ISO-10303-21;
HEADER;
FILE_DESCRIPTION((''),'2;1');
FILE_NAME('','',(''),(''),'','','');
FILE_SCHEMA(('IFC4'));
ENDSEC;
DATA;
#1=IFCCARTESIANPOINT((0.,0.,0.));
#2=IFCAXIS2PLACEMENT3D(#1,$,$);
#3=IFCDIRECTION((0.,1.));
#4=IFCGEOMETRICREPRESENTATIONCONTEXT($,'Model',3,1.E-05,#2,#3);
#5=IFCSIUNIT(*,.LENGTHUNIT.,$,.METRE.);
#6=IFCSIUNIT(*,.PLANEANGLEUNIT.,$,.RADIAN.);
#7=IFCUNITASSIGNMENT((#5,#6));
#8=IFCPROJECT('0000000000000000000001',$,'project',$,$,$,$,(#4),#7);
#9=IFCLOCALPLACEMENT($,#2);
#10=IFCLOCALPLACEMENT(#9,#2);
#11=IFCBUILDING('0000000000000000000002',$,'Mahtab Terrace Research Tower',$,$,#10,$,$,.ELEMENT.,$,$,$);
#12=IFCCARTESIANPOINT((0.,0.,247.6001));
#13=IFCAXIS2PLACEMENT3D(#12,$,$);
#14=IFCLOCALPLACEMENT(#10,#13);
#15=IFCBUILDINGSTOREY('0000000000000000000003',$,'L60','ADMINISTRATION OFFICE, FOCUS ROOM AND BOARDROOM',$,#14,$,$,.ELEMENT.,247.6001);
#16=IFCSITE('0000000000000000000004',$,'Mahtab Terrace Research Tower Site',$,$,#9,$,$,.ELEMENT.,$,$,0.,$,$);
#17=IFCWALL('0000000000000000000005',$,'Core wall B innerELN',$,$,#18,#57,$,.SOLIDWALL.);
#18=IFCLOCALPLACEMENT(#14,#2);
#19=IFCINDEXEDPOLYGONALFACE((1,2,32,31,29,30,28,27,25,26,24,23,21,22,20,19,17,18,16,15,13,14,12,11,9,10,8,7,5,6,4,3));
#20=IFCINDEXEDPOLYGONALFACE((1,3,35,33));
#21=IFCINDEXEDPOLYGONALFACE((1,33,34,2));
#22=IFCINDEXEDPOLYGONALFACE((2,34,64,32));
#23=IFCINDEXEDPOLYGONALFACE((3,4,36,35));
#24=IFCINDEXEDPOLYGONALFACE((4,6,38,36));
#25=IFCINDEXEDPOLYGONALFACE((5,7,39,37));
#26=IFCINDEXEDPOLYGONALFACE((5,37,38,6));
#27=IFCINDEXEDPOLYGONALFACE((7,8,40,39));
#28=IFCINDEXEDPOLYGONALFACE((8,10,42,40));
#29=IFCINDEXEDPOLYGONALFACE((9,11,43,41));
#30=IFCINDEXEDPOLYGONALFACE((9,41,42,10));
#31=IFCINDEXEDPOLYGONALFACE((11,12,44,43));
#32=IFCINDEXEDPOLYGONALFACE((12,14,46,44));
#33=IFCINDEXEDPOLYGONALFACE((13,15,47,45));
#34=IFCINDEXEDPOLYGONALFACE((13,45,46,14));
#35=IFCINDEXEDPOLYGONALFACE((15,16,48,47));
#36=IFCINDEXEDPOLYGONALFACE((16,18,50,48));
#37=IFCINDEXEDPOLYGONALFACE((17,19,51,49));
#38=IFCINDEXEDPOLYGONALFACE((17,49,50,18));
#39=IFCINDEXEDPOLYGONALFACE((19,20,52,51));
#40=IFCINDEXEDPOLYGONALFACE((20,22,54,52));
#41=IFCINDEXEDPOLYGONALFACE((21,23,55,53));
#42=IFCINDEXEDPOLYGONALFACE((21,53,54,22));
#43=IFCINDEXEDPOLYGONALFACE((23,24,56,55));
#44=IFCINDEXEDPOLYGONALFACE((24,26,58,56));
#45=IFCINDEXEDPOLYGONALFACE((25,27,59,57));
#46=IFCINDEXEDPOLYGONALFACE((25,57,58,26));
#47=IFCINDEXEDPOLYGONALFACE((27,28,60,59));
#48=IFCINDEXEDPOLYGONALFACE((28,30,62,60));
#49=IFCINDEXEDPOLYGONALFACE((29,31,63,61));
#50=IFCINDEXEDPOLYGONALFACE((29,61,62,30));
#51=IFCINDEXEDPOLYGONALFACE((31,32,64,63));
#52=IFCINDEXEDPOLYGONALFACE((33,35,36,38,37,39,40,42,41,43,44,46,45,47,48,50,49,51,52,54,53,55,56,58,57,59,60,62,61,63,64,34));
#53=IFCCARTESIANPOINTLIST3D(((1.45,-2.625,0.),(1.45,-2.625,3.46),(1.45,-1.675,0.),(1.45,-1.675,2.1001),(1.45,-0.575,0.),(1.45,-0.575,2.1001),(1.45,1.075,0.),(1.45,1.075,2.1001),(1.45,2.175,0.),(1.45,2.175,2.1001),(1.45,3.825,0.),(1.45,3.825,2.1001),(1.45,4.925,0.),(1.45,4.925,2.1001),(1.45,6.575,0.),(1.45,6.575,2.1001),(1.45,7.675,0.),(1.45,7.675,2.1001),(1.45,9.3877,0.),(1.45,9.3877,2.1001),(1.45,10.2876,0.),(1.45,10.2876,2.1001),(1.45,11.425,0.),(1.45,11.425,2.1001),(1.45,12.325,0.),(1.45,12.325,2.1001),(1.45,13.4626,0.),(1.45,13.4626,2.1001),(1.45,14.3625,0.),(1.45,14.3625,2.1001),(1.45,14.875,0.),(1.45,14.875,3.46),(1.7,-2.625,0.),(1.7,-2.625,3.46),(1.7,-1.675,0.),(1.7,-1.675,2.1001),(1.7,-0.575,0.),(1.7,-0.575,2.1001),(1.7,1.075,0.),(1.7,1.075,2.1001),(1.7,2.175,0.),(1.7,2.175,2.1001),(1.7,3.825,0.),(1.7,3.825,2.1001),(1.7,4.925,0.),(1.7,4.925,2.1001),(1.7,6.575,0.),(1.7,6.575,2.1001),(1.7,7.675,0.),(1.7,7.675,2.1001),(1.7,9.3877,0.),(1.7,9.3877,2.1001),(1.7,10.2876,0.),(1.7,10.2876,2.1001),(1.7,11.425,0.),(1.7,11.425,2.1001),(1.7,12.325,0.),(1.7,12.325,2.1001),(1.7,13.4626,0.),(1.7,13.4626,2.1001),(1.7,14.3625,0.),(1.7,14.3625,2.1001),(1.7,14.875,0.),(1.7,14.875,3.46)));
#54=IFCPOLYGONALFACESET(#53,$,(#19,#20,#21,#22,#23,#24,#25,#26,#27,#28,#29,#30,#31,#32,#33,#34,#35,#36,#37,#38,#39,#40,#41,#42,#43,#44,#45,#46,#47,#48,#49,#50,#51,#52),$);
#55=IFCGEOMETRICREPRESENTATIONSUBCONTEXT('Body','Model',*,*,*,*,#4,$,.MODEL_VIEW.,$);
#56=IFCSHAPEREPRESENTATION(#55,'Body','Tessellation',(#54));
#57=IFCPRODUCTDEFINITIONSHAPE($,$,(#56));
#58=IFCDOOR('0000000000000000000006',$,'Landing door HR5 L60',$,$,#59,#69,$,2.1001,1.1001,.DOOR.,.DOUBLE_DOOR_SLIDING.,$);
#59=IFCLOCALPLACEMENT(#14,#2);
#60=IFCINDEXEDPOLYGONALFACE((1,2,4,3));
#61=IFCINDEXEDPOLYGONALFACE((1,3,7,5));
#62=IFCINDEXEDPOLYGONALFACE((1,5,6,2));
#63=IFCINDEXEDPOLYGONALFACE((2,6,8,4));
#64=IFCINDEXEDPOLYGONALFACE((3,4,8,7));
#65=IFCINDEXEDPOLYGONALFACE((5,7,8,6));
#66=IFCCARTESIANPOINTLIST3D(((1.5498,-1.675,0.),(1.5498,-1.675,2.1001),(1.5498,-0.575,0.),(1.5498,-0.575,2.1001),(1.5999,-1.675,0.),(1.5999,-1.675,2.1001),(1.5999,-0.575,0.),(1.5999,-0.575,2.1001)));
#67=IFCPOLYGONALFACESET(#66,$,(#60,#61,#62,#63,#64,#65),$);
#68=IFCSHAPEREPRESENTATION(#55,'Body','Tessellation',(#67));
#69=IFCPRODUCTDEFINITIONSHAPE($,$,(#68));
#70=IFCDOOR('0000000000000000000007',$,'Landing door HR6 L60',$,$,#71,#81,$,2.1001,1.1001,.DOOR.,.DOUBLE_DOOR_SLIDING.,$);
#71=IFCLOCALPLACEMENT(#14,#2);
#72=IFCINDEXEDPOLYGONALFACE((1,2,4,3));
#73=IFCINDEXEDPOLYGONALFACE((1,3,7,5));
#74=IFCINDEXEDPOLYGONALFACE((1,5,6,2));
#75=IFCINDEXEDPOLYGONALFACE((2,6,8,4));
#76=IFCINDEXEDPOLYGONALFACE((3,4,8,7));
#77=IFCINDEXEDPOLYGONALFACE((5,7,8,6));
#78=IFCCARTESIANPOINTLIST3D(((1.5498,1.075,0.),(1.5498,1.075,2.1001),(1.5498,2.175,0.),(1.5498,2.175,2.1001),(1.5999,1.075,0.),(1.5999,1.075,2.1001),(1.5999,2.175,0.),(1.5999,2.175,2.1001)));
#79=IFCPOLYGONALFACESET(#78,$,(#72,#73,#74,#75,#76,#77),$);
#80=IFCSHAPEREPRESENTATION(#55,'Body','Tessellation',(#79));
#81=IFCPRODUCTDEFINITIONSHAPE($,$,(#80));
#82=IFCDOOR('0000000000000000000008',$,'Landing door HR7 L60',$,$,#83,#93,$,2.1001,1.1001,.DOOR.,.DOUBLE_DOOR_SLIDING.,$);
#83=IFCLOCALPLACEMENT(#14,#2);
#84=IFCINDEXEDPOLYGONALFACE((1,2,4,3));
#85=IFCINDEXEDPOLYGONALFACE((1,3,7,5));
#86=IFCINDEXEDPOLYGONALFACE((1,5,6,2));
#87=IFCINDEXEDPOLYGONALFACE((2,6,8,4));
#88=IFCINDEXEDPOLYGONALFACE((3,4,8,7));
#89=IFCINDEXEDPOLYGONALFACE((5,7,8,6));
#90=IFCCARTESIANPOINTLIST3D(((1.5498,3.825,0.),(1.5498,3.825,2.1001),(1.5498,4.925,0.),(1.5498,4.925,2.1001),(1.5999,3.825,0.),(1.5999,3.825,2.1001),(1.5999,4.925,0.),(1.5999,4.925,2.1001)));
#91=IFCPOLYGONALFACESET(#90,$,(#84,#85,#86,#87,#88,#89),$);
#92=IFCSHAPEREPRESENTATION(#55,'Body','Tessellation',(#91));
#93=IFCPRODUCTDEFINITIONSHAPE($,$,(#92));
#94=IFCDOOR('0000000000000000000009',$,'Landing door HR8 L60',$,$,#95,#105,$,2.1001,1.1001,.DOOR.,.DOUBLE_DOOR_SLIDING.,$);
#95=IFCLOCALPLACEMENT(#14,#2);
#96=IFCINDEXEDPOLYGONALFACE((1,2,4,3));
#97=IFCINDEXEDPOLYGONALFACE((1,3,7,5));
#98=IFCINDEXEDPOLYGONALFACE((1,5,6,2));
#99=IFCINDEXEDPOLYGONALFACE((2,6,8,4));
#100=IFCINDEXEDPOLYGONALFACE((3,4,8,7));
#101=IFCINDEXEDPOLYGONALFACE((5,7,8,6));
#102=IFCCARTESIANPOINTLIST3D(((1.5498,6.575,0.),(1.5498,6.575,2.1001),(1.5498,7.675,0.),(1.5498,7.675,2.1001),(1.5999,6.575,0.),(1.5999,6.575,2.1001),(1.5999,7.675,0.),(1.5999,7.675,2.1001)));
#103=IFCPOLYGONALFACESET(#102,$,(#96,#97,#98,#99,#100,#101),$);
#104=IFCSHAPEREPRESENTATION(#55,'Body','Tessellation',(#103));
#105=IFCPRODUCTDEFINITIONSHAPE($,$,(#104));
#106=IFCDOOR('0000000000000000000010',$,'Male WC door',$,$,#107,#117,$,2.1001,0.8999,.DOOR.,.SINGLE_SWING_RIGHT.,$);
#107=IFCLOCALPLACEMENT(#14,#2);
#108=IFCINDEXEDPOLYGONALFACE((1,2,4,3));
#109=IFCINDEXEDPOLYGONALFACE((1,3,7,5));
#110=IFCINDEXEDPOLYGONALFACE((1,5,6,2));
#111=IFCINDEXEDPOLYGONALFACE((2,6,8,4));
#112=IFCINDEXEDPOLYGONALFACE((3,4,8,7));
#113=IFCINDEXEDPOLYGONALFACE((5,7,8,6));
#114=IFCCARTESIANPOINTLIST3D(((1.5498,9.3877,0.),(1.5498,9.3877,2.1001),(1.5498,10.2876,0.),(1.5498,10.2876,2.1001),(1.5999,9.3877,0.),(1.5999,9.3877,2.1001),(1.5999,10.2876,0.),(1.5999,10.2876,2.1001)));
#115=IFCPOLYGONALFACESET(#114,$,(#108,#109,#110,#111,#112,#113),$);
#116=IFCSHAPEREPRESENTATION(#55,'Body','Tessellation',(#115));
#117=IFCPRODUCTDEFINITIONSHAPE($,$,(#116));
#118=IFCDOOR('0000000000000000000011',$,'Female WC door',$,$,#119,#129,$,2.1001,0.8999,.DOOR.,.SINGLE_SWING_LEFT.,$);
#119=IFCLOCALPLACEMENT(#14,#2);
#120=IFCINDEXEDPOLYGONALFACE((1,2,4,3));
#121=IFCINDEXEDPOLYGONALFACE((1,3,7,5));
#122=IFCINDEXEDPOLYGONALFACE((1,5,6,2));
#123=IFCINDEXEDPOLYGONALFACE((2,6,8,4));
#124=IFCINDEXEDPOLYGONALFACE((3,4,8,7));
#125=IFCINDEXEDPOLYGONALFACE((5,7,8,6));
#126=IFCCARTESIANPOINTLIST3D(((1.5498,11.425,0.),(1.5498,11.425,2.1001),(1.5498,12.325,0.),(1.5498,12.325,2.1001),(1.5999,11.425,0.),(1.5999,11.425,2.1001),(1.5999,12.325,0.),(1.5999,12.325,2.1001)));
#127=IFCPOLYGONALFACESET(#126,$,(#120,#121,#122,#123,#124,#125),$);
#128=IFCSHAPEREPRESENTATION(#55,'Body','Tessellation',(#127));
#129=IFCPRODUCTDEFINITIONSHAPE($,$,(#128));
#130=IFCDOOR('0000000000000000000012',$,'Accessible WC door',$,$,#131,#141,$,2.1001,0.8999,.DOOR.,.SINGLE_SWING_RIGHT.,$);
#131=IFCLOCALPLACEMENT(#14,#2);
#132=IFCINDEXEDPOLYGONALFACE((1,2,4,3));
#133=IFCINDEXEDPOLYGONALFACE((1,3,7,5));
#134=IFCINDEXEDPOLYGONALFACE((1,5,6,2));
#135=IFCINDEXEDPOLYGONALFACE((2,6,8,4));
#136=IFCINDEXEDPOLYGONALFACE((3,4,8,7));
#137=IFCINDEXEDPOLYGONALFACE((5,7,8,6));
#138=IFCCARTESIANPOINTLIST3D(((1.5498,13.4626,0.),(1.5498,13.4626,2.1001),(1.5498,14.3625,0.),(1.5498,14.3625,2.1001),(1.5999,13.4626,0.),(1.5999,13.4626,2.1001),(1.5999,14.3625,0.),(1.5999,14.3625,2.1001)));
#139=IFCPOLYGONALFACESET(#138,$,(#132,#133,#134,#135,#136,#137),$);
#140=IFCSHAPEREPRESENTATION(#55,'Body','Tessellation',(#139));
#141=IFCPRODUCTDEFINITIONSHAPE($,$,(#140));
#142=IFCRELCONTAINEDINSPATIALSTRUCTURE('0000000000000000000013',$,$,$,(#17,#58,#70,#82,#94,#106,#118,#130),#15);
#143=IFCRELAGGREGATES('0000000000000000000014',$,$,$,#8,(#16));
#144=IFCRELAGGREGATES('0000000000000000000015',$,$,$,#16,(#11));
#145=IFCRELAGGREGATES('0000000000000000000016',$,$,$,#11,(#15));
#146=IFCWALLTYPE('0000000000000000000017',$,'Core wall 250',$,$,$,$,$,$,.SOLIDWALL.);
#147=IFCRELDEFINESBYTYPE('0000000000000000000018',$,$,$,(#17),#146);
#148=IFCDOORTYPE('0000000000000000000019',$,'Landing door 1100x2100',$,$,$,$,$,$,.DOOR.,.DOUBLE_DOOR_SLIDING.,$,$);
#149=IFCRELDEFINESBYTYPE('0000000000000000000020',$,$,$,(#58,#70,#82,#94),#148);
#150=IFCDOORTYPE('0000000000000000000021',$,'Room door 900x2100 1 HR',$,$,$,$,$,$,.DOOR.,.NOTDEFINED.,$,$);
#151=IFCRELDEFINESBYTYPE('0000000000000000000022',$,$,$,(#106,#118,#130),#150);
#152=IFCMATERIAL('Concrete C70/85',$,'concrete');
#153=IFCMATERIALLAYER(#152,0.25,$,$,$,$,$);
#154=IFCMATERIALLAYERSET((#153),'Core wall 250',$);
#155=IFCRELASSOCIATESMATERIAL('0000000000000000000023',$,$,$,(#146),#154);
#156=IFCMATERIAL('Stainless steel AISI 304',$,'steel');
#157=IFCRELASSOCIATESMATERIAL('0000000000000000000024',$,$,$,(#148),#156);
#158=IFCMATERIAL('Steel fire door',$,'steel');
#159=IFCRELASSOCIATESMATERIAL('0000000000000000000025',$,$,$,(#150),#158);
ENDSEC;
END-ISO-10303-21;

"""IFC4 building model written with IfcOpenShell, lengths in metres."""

from ifc_helpers import new_model, si_unit, direction, frame, frame_2d, origin, place, context, subcontext, project, spatial, rectangle, extrude, material, layer, layer_set, type_object, element, fill, save


model = new_model("IFC4")

# Units and contexts
model_context = context("Model", 3, precision=1e-05, world=origin(), true_north=direction((0.0, 1.0)))
body_context = subcontext(model_context, "Body", "Model", "MODEL_VIEW")
ifc_project = project(units=[si_unit("LENGTHUNIT", "METRE"), si_unit("PLANEANGLEUNIT", "RADIAN")], contexts=[model_context])

# Site, building, storey
site_placement = place(None, origin())
site = spatial("IfcSite", under=ifc_project, at=site_placement, Name="Mahtab Terrace Research Tower Site", CompositionType="ELEMENT", RefElevation=0.0)
building_placement = place(site_placement, origin())
building = spatial("IfcBuilding", under=site, at=building_placement, Name="Mahtab Terrace Research Tower", CompositionType="ELEMENT")
storey_placement = place(building_placement, frame((0.0, 0.0, 247.6001)))
storey = spatial("IfcBuildingStorey", under=building, at=storey_placement, Name="L60", Description="ADMINISTRATION OFFICE, FOCUS ROOM AND BOARDROOM", CompositionType="ELEMENT", Elevation=247.6001)

# Shared definitions
ifc_material_1 = material(Name="Concrete C70/85", Category="concrete")
ifc_layer_1 = layer(ifc_material_1, 0.25)
ifc_layer_set_1 = layer_set([ifc_layer_1], Name="Core wall 250")
wall_type_1 = type_object("IfcWallType", Name="Core wall 250", PredefinedType="SOLIDWALL", material=ifc_layer_set_1)

# Shared definitions
ifc_material_2 = material(Name="Steel fire door", Category="steel")

# Wall, openings, doors
wall_1_placement = place(storey_placement, frame((1.575, 14.875, 0.0), z_axis=(0.0, 0.0, 1.0), x_axis=(0.0, -1.0, 0.0)))
wall_1 = element("IfcWall", 1, at=wall_1_placement, inside=storey, type_object=wall_type_1, Name="Core wall B innerELN", PredefinedType="SOLIDWALL", context=body_context, shape_type="SweptSolid", body=[
    extrude(rectangle(XDim=17.5, YDim=0.25, at=frame_2d((8.75, 0.0))), origin(), (0.0, 0.0, 1.0), 3.46),
])
opening_1_placement = place(wall_1_placement, frame((15.45, 0.0, 0.0)))
opening_1 = element("IfcOpeningElement", 2, at=opening_1_placement, cuts=wall_1, PredefinedType="OPENING", context=body_context, shape_type="SweptSolid", body=[
    extrude(rectangle(XDim=1.1001, YDim=2.1001, at=frame_2d((0.55, 1.05))), frame((0.0, 0.135, 0.0), z_axis=(0.0, -1.0, 0.0), x_axis=(1.0, 0.0, 0.0)), (0.0, 0.0, 1.0), 0.27),
])
opening_2_placement = place(wall_1_placement, frame((12.7, 0.0, 0.0)))
opening_2 = element("IfcOpeningElement", 3, at=opening_2_placement, cuts=wall_1, PredefinedType="OPENING", context=body_context, shape_type="SweptSolid", body=[
    extrude(rectangle(XDim=1.1001, YDim=2.1001, at=frame_2d((0.55, 1.05))), frame((0.0, 0.135, 0.0), z_axis=(0.0, -1.0, 0.0), x_axis=(1.0, 0.0, 0.0)), (0.0, 0.0, 1.0), 0.27),
])
opening_3_placement = place(wall_1_placement, frame((9.95, 0.0, 0.0)))
opening_3 = element("IfcOpeningElement", 4, at=opening_3_placement, cuts=wall_1, PredefinedType="OPENING", context=body_context, shape_type="SweptSolid", body=[
    extrude(rectangle(XDim=1.1001, YDim=2.1001, at=frame_2d((0.55, 1.05))), frame((0.0, 0.135, 0.0), z_axis=(0.0, -1.0, 0.0), x_axis=(1.0, 0.0, 0.0)), (0.0, 0.0, 1.0), 0.27),
])
opening_4_placement = place(wall_1_placement, frame((7.2, 0.0, 0.0)))
opening_4 = element("IfcOpeningElement", 5, at=opening_4_placement, cuts=wall_1, PredefinedType="OPENING", context=body_context, shape_type="SweptSolid", body=[
    extrude(rectangle(XDim=1.1001, YDim=2.1001, at=frame_2d((0.55, 1.05))), frame((0.0, 0.135, 0.0), z_axis=(0.0, -1.0, 0.0), x_axis=(1.0, 0.0, 0.0)), (0.0, 0.0, 1.0), 0.27),
])
opening_5_placement = place(wall_1_placement, frame((4.5874, 0.0, 0.0)))
opening_5 = element("IfcOpeningElement", 6, at=opening_5_placement, cuts=wall_1, PredefinedType="OPENING", context=body_context, shape_type="SweptSolid", body=[
    extrude(rectangle(XDim=0.8999, YDim=2.1001, at=frame_2d((0.45, 1.05))), frame((0.0, 0.135, 0.0), z_axis=(0.0, -1.0, 0.0), x_axis=(1.0, 0.0, 0.0)), (0.0, 0.0, 1.0), 0.27),
])
opening_6_placement = place(wall_1_placement, frame((2.55, 0.0, 0.0)))
opening_6 = element("IfcOpeningElement", 7, at=opening_6_placement, cuts=wall_1, PredefinedType="OPENING", context=body_context, shape_type="SweptSolid", body=[
    extrude(rectangle(XDim=0.8999, YDim=2.1001, at=frame_2d((0.45, 1.05))), frame((0.0, 0.135, 0.0), z_axis=(0.0, -1.0, 0.0), x_axis=(1.0, 0.0, 0.0)), (0.0, 0.0, 1.0), 0.27),
])
opening_7_placement = place(wall_1_placement, frame((0.5125, 0.0, 0.0)))
opening_7 = element("IfcOpeningElement", 8, at=opening_7_placement, cuts=wall_1, PredefinedType="OPENING", context=body_context, shape_type="SweptSolid", body=[
    extrude(rectangle(XDim=0.8999, YDim=2.1001, at=frame_2d((0.45, 1.05))), frame((0.0, 0.135, 0.0), z_axis=(0.0, -1.0, 0.0), x_axis=(1.0, 0.0, 0.0)), (0.0, 0.0, 1.0), 0.27),
])
ifc_material_3 = material(Name="Stainless steel AISI 304", Category="steel")
door_type_1 = type_object("IfcDoorType", Name="Landing door 1100x2100", OperationType="DOUBLE_DOOR_SLIDING", PredefinedType="DOOR", material=ifc_material_3)
door_1_placement = place(opening_1_placement, origin())
door_1 = element("IfcDoor", 9, at=door_1_placement, inside=storey, type_object=door_type_1, Name="Landing door HR5 L60", OperationType="DOUBLE_DOOR_SLIDING", OverallHeight=2.1001, OverallWidth=1.1001, PredefinedType="DOOR", context=body_context, shape_type="SweptSolid", body=[
    extrude(rectangle(XDim=1.1001, YDim=2.1001, at=frame_2d((0.55, 1.05))), frame((0.0, 0.0249, 0.0), z_axis=(0.0, -1.0, 0.0), x_axis=(1.0, 0.0, 0.0)), (0.0, 0.0, 1.0), 0.05),
])
fill(opening_1, door_1)
door_2_placement = place(opening_2_placement, origin())
door_2 = element("IfcDoor", 10, at=door_2_placement, inside=storey, type_object=door_type_1, Name="Landing door HR6 L60", OperationType="DOUBLE_DOOR_SLIDING", OverallHeight=2.1001, OverallWidth=1.1001, PredefinedType="DOOR", context=body_context, shape_type="SweptSolid", body=[
    extrude(rectangle(XDim=1.1001, YDim=2.1001, at=frame_2d((0.55, 1.05))), frame((0.0, 0.0249, 0.0), z_axis=(0.0, -1.0, 0.0), x_axis=(1.0, 0.0, 0.0)), (0.0, 0.0, 1.0), 0.05),
])
fill(opening_2, door_2)
door_3_placement = place(opening_3_placement, origin())
door_3 = element("IfcDoor", 11, at=door_3_placement, inside=storey, type_object=door_type_1, Name="Landing door HR7 L60", OperationType="DOUBLE_DOOR_SLIDING", OverallHeight=2.1001, OverallWidth=1.1001, PredefinedType="DOOR", context=body_context, shape_type="SweptSolid", body=[
    extrude(rectangle(XDim=1.1001, YDim=2.1001, at=frame_2d((0.55, 1.05))), frame((0.0, 0.0249, 0.0), z_axis=(0.0, -1.0, 0.0), x_axis=(1.0, 0.0, 0.0)), (0.0, 0.0, 1.0), 0.05),
])
fill(opening_3, door_3)
door_4_placement = place(opening_4_placement, origin())
door_4 = element("IfcDoor", 12, at=door_4_placement, inside=storey, type_object=door_type_1, Name="Landing door HR8 L60", OperationType="DOUBLE_DOOR_SLIDING", OverallHeight=2.1001, OverallWidth=1.1001, PredefinedType="DOOR", context=body_context, shape_type="SweptSolid", body=[
    extrude(rectangle(XDim=1.1001, YDim=2.1001, at=frame_2d((0.55, 1.05))), frame((0.0, 0.0249, 0.0), z_axis=(0.0, -1.0, 0.0), x_axis=(1.0, 0.0, 0.0)), (0.0, 0.0, 1.0), 0.05),
])
fill(opening_4, door_4)
door_type_2 = type_object("IfcDoorType", Name="Room door 900x2100 1 HR", OperationType="NOTDEFINED", PredefinedType="DOOR", material=ifc_material_2)
door_5_placement = place(opening_5_placement, origin())
door_5 = element("IfcDoor", 13, at=door_5_placement, inside=storey, type_object=door_type_2, Name="Male WC door", OperationType="SINGLE_SWING_RIGHT", OverallHeight=2.1001, OverallWidth=0.8999, PredefinedType="DOOR", context=body_context, shape_type="SweptSolid", body=[
    extrude(rectangle(XDim=0.8999, YDim=2.1001, at=frame_2d((0.45, 1.05))), frame((0.0, 0.0249, 0.0), z_axis=(0.0, -1.0, 0.0), x_axis=(1.0, 0.0, 0.0)), (0.0, 0.0, 1.0), 0.05),
])
fill(opening_5, door_5)
door_6_placement = place(opening_6_placement, origin())
door_6 = element("IfcDoor", 14, at=door_6_placement, inside=storey, type_object=door_type_2, Name="Female WC door", OperationType="SINGLE_SWING_LEFT", OverallHeight=2.1001, OverallWidth=0.8999, PredefinedType="DOOR", context=body_context, shape_type="SweptSolid", body=[
    extrude(rectangle(XDim=0.8999, YDim=2.1001, at=frame_2d((0.45, 1.05))), frame((0.0, 0.0249, 0.0), z_axis=(0.0, -1.0, 0.0), x_axis=(1.0, 0.0, 0.0)), (0.0, 0.0, 1.0), 0.05),
])
fill(opening_6, door_6)
door_7_placement = place(opening_7_placement, origin())
door_7 = element("IfcDoor", 15, at=door_7_placement, inside=storey, type_object=door_type_2, Name="Accessible WC door", OperationType="SINGLE_SWING_RIGHT", OverallHeight=2.1001, OverallWidth=0.8999, PredefinedType="DOOR", context=body_context, shape_type="SweptSolid", body=[
    extrude(rectangle(XDim=0.8999, YDim=2.1001, at=frame_2d((0.45, 1.05))), frame((0.0, 0.0249, 0.0), z_axis=(0.0, -1.0, 0.0), x_axis=(1.0, 0.0, 0.0)), (0.0, 0.0, 1.0), 0.05),
])
fill(opening_7, door_7)

save(model, "model.ifc")
